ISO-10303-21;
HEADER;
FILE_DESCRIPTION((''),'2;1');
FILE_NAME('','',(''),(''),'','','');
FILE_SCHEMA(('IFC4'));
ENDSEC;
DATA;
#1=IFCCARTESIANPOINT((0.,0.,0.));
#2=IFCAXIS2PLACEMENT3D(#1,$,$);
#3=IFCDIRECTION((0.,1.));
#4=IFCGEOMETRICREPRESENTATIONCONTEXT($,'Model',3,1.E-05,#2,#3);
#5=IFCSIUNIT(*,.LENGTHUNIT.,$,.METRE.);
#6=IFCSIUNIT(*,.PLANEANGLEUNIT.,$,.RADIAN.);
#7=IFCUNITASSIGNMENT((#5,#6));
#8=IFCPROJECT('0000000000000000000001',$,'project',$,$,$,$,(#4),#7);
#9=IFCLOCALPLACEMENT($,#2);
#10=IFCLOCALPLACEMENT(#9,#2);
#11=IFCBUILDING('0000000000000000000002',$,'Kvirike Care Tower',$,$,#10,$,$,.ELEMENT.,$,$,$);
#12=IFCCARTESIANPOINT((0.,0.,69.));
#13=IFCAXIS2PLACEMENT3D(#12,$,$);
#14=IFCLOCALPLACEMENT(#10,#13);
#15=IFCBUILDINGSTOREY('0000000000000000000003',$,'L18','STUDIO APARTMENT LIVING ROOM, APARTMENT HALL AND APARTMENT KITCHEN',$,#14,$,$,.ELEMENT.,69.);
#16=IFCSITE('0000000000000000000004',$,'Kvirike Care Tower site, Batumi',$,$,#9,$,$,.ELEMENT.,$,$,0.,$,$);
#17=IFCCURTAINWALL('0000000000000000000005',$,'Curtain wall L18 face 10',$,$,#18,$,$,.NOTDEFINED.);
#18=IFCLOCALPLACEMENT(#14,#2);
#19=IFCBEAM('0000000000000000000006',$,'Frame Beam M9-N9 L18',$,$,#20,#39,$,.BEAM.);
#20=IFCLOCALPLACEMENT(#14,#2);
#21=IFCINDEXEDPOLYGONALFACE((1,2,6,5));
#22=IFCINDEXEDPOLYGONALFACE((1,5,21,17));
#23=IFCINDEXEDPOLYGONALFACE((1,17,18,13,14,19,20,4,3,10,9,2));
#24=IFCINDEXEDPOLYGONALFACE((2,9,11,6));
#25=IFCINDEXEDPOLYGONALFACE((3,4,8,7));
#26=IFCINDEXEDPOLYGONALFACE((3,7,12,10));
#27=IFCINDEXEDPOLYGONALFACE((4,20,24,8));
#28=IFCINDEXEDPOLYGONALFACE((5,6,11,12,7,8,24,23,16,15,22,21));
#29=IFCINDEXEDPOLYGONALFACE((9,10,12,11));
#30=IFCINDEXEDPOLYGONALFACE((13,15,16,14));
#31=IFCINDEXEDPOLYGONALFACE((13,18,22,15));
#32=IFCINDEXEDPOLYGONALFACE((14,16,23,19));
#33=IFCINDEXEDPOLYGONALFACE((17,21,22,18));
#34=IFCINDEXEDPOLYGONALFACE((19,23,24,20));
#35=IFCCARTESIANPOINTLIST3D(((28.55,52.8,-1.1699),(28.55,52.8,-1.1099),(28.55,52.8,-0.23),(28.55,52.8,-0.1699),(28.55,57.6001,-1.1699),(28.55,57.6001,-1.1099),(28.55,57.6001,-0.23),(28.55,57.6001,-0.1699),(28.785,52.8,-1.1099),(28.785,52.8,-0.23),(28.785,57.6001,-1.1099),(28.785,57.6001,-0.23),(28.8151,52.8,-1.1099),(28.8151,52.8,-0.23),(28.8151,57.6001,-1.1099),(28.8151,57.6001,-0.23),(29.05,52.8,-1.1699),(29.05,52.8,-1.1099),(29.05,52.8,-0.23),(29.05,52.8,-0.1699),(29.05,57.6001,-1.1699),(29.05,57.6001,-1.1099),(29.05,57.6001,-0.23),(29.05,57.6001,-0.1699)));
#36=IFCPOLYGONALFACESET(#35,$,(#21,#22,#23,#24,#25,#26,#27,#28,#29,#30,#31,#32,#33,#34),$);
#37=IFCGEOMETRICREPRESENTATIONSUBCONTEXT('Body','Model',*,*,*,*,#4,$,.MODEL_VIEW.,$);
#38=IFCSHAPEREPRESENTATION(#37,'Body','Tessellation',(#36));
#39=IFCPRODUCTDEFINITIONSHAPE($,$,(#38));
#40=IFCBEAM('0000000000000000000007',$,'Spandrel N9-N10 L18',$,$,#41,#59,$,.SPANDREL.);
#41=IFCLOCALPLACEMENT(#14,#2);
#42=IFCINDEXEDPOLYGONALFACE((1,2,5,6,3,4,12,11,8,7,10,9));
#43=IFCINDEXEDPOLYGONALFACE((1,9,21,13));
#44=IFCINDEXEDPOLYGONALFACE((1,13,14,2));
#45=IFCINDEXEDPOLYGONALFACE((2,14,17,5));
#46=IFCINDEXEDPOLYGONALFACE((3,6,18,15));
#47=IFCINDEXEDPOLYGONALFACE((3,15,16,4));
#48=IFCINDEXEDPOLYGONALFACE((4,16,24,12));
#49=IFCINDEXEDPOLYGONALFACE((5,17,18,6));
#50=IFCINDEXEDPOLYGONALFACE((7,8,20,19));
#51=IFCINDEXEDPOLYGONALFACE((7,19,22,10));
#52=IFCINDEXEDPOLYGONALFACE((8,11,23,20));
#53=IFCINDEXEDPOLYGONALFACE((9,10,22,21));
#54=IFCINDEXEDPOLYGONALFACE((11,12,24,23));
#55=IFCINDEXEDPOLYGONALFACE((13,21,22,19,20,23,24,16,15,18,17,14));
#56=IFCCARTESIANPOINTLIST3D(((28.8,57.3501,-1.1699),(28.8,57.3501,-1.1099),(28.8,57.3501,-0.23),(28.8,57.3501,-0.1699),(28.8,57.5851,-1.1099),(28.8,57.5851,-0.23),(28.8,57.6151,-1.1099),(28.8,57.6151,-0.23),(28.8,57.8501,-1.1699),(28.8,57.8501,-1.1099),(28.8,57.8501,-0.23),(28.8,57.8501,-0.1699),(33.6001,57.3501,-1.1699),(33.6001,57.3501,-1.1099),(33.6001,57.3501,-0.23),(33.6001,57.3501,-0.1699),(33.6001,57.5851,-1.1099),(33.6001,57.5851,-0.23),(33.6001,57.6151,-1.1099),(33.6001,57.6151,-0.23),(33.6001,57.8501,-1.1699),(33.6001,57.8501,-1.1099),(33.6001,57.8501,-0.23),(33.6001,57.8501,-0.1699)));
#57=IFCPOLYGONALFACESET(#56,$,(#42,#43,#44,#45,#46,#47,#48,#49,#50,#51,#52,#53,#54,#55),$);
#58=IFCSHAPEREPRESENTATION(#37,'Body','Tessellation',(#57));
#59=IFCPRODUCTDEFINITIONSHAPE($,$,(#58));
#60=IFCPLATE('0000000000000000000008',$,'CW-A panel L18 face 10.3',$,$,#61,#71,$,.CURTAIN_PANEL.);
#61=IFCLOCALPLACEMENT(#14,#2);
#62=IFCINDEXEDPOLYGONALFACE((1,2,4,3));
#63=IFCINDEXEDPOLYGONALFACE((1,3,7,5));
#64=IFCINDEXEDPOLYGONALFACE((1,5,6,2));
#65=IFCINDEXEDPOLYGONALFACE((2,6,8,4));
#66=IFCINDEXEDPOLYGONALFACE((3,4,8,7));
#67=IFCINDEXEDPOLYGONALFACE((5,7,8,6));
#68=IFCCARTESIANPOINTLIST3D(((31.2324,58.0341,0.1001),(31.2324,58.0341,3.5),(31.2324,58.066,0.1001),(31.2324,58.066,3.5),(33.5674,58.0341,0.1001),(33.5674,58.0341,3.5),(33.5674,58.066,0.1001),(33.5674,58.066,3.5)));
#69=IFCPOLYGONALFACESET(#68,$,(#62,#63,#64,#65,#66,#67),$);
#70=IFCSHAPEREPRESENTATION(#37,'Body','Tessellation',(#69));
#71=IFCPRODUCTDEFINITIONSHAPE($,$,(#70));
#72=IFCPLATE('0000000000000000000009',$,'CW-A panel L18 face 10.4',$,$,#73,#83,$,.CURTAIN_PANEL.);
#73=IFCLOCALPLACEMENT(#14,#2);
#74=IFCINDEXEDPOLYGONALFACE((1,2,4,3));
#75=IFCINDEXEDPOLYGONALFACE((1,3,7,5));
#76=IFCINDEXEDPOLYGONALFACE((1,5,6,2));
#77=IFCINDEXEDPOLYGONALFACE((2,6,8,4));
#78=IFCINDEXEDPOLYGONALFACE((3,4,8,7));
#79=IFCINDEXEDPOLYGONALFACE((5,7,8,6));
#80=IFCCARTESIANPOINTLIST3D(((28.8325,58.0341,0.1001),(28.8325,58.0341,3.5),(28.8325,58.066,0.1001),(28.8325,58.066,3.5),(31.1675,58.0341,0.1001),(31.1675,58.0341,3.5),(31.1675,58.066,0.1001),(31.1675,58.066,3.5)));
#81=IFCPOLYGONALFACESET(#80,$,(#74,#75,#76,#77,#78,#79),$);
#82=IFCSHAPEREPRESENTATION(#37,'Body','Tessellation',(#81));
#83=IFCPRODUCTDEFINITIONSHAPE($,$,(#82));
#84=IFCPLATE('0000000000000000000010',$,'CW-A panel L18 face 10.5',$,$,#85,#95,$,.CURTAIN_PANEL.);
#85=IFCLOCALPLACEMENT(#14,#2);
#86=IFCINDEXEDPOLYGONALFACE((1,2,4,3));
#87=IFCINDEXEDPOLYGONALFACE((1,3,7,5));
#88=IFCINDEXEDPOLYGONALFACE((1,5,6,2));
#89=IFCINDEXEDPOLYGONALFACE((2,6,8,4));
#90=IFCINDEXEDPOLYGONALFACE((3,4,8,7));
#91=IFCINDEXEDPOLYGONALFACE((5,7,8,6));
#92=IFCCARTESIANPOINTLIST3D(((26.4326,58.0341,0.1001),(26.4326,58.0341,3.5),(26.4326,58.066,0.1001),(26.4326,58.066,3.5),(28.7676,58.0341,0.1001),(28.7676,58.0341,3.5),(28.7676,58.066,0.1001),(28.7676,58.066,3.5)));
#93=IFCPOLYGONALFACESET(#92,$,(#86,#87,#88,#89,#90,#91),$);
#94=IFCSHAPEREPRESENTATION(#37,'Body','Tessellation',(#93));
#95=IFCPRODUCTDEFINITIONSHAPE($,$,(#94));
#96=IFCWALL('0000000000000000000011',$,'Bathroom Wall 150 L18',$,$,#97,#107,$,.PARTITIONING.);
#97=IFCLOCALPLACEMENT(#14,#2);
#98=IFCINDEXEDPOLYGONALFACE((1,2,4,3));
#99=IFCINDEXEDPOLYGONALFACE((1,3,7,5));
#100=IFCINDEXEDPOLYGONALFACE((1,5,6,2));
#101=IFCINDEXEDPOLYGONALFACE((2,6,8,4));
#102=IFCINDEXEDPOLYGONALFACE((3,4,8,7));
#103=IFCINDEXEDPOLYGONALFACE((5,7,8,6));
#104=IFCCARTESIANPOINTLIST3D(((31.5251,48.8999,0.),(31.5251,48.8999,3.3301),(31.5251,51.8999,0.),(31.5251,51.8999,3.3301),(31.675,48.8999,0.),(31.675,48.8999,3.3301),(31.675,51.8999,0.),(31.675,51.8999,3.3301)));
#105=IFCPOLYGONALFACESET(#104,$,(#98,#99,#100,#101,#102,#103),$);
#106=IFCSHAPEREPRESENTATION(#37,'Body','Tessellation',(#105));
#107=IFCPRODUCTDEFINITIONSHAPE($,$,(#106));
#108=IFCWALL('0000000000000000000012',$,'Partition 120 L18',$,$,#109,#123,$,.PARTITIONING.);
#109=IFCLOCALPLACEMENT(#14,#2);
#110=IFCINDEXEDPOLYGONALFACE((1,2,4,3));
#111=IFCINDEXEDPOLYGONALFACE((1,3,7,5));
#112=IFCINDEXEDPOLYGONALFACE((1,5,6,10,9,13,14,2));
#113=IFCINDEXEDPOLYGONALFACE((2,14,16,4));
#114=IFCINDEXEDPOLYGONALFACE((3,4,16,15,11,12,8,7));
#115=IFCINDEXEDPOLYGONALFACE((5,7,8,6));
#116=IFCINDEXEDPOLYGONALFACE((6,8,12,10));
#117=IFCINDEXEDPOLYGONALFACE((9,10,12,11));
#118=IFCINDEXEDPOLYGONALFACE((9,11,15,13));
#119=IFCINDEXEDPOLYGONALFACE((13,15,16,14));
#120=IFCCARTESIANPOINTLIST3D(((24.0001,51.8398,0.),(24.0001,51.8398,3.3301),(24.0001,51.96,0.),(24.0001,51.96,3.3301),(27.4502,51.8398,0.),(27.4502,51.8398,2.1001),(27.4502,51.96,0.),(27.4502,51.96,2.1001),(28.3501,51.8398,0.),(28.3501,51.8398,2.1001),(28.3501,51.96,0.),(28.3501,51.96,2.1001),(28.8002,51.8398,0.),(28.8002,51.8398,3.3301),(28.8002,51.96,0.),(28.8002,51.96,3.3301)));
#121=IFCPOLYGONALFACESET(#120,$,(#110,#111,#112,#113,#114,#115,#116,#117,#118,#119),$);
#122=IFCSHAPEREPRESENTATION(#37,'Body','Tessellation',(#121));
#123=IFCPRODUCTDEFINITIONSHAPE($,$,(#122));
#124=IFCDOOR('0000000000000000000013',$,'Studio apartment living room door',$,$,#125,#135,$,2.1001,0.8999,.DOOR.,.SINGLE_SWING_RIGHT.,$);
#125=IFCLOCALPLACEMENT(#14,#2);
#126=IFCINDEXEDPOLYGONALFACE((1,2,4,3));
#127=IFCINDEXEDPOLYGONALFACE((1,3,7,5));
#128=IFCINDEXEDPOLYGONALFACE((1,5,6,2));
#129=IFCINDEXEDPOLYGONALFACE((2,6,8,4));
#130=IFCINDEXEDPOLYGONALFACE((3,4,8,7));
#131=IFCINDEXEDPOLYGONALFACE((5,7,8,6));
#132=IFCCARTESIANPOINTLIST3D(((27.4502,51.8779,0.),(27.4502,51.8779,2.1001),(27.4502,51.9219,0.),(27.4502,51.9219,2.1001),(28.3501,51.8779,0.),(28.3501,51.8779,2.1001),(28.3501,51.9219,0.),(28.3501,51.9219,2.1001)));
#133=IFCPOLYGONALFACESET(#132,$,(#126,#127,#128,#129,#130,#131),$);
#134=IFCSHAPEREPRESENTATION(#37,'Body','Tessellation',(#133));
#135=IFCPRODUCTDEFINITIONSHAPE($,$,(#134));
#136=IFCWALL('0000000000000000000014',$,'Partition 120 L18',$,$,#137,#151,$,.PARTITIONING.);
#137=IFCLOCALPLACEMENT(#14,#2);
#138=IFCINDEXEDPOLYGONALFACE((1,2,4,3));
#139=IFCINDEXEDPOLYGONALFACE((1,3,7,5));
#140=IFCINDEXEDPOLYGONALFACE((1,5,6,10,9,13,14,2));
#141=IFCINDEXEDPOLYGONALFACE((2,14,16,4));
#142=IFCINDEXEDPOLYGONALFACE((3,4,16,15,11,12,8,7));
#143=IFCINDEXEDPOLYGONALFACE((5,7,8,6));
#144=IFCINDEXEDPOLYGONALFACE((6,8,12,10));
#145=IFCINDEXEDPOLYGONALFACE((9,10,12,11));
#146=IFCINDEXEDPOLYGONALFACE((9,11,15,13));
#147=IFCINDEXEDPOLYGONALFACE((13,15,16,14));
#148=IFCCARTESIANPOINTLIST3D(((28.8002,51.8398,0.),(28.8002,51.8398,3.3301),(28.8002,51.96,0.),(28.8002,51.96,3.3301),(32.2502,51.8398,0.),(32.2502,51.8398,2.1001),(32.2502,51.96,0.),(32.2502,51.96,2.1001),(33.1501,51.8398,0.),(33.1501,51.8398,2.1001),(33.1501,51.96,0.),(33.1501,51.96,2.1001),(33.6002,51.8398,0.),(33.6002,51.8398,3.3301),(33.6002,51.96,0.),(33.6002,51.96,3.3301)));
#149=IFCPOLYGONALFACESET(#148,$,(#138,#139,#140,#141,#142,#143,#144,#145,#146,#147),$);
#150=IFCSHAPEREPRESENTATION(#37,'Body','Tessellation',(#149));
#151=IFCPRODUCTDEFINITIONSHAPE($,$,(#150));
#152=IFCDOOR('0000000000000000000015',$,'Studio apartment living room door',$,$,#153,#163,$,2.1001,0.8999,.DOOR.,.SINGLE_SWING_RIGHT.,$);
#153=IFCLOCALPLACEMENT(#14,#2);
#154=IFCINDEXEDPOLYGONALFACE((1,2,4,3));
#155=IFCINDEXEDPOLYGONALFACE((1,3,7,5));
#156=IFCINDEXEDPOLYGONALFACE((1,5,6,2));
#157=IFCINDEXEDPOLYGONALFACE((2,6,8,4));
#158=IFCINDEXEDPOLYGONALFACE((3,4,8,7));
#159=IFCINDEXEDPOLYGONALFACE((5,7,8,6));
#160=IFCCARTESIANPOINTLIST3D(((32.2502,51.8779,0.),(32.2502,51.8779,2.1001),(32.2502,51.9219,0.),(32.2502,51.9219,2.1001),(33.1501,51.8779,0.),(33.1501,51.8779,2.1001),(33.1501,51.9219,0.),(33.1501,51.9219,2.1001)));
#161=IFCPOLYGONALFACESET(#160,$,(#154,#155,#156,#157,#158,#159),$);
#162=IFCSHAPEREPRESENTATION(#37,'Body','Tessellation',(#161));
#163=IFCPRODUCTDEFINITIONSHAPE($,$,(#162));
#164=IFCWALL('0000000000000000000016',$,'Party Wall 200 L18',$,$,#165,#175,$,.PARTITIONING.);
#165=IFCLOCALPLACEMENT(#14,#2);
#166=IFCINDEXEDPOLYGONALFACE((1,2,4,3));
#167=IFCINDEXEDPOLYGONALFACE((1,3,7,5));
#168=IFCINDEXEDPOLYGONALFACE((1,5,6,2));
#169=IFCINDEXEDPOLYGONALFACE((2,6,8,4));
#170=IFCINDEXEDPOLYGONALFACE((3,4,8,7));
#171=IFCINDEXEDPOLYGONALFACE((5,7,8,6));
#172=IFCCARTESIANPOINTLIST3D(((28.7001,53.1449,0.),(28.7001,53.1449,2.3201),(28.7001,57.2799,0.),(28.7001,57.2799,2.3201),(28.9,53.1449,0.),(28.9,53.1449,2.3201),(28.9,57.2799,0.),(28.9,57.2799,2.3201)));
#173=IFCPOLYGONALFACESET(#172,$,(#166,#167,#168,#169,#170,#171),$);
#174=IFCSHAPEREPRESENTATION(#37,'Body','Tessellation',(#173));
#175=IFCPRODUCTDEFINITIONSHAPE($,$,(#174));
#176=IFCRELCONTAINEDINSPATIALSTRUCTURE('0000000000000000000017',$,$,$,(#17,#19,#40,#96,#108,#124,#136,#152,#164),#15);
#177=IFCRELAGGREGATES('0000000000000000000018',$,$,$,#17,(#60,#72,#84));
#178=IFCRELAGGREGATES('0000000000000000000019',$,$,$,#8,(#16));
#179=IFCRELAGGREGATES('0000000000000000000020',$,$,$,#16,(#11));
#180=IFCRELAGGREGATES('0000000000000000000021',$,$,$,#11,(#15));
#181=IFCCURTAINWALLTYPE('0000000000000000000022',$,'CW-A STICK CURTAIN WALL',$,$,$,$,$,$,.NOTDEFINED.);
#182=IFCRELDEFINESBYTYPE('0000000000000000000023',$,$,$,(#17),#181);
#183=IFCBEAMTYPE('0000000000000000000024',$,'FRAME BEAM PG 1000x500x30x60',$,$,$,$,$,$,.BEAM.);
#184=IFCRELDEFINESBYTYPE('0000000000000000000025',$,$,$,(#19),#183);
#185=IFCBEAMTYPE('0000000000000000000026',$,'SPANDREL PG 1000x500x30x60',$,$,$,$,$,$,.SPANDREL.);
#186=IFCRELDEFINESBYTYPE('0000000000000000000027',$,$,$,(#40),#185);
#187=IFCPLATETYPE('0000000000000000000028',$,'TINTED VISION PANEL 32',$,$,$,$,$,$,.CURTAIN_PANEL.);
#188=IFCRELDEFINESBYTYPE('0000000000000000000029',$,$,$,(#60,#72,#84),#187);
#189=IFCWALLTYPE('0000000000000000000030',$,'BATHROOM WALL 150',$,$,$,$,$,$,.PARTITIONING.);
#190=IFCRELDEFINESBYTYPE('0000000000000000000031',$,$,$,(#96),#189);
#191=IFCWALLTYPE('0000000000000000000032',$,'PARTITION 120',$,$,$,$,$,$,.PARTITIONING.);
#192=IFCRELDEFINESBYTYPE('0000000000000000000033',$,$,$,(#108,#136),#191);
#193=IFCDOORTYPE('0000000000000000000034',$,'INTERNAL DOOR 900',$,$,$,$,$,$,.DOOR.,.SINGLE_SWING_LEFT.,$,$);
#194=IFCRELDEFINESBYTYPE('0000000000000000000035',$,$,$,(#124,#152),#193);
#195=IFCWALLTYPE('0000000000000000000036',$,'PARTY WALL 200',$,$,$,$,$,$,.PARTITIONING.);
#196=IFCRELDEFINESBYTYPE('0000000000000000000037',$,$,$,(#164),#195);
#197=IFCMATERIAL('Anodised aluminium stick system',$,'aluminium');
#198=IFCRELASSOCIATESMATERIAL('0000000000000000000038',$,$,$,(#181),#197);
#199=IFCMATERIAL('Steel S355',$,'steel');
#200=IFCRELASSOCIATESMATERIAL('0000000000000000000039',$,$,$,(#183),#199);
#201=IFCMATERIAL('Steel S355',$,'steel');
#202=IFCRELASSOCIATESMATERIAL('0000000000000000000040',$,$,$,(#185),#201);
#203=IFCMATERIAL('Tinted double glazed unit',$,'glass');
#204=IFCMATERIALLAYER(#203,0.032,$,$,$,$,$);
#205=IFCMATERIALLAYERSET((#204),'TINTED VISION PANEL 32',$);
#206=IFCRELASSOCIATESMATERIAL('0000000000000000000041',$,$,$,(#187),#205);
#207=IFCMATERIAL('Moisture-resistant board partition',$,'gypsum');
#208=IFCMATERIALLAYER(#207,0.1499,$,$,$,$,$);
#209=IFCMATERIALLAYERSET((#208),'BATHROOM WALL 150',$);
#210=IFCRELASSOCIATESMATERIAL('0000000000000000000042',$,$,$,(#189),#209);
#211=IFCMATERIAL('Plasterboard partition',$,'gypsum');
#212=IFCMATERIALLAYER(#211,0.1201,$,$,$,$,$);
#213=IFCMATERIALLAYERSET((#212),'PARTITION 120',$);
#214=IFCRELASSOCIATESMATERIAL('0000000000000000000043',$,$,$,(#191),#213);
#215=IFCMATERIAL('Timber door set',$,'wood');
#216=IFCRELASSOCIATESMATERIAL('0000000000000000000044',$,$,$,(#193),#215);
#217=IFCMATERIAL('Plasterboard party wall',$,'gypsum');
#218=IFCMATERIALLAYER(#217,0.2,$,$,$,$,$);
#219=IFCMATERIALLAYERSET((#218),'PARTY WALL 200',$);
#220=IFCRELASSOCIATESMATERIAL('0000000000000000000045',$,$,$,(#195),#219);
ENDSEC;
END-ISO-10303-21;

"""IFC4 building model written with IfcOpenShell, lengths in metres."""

from ifc_helpers import new_model, si_unit, direction, frame, frame_2d, origin, origin_2d, place, context, subcontext, project, spatial, rectangle, i_section, extrude, material, layer, layer_set, material_profile, profile_set, type_object, element, fill, aggregate, save


model = new_model("IFC4")

# Units and contexts
model_context = context("Model", 3, precision=1e-05, world=origin(), true_north=direction((0.0, 1.0)))
body_context = subcontext(model_context, "Body", "Model", "MODEL_VIEW")
ifc_project = project(units=[si_unit("LENGTHUNIT", "METRE"), si_unit("PLANEANGLEUNIT", "RADIAN")], contexts=[model_context])

# Site, building, storey
site_placement = place(None, origin())
site = spatial("IfcSite", under=ifc_project, at=site_placement, Name="Kvirike Care Tower site, Batumi", CompositionType="ELEMENT", RefElevation=0.0)
building_placement = place(site_placement, origin())
building = spatial("IfcBuilding", under=site, at=building_placement, Name="Kvirike Care Tower", CompositionType="ELEMENT")
storey_placement = place(building_placement, frame((0.0, 0.0, 69.0)))
storey = spatial("IfcBuildingStorey", under=building, at=storey_placement, Name="L18", Description="STUDIO APARTMENT LIVING ROOM, APARTMENT HALL AND APARTMENT KITCHEN", CompositionType="ELEMENT", Elevation=69.0)

# Curtain wall
ifc_material_1 = material(Name="Anodised aluminium stick system", Category="aluminium")
curtain_wall_type = type_object("IfcCurtainWallType", Name="CW-A STICK CURTAIN WALL", PredefinedType="NOTDEFINED", material=ifc_material_1)
curtain_wall_placement = place(storey_placement, origin())
curtain_wall = element("IfcCurtainWall", 1, at=curtain_wall_placement, inside=storey, type_object=curtain_wall_type, Name="Curtain wall L18 face 10", PredefinedType="NOTDEFINED")

# Beams
ifc_material_2 = material(Name="Steel S355", Category="steel")
ifc_material_profile_1 = material_profile(ifc_material_2, i_section(OverallWidth=0.5, OverallDepth=1.0, WebThickness=0.03, FlangeThickness=0.0601, at=origin_2d()), Name="PG 1000x500x30x60")
ifc_profile_set_1 = profile_set([ifc_material_profile_1], Name="Steel S355")
beam_type_1 = type_object("IfcBeamType", Name="FRAME BEAM PG 1000x500x30x60", PredefinedType="BEAM", material=ifc_profile_set_1)
beam_1_placement = place(storey_placement, frame((28.8, 52.8, -0.6699), z_axis=(0.0, 1.0, 0.0), x_axis=(-1.0, 0.0, 0.0)))
element("IfcBeam", 2, at=beam_1_placement, inside=storey, type_object=beam_type_1, Name="Frame Beam M9-N9 L18", PredefinedType="BEAM", context=body_context, shape_type="SweptSolid", body=[
    extrude(i_section(OverallWidth=0.5, OverallDepth=1.0, WebThickness=0.03, FlangeThickness=0.0601, at=origin_2d()), origin(), (0.0, 0.0, 1.0), 4.8),
])
ifc_material_3 = material(Name="Steel S355", Category="steel")
ifc_material_profile_2 = material_profile(ifc_material_3, i_section(OverallWidth=0.5, OverallDepth=1.0, WebThickness=0.03, FlangeThickness=0.0601, at=origin_2d()), Name="PG 1000x500x30x60")
ifc_profile_set_2 = profile_set([ifc_material_profile_2], Name="Steel S355")
beam_type_2 = type_object("IfcBeamType", Name="SPANDREL PG 1000x500x30x60", PredefinedType="SPANDREL", material=ifc_profile_set_2)
beam_2_placement = place(storey_placement, frame((28.8, 57.6001, -0.6699), z_axis=(1.0, 0.0, 0.0), x_axis=(0.0, 1.0, 0.0)))
element("IfcBeam", 3, at=beam_2_placement, inside=storey, type_object=beam_type_2, Name="Spandrel N9-N10 L18", PredefinedType="SPANDREL", context=body_context, shape_type="SweptSolid", body=[
    extrude(i_section(OverallWidth=0.5, OverallDepth=1.0, WebThickness=0.03, FlangeThickness=0.0601, at=origin_2d()), origin(), (0.0, 0.0, 1.0), 4.8),
])

# Plates
ifc_material_4 = material(Name="Tinted double glazed unit", Category="glass")
ifc_layer_1 = layer(ifc_material_4, 0.032)
ifc_layer_set_1 = layer_set([ifc_layer_1], Name="TINTED VISION PANEL 32")
plate_type = type_object("IfcPlateType", Name="TINTED VISION PANEL 32", PredefinedType="CURTAIN_PANEL", material=ifc_layer_set_1)
plate_1_placement = place(storey_placement, frame((32.3999, 58.05, 0.1001), z_axis=(0.0, 0.0, 1.0), x_axis=(-1.0, 0.0, 0.0)))
plate_1 = element("IfcPlate", 4, at=plate_1_placement, type_object=plate_type, Name="CW-A panel L18 face 10.3", PredefinedType="CURTAIN_PANEL", context=body_context, shape_type="SweptSolid", body=[
    extrude(rectangle(XDim=2.335, YDim=0.032, at=origin_2d()), origin(), (0.0, 0.0, 1.0), 3.3999),
])
plate_2_placement = place(storey_placement, frame((30.0, 58.05, 0.1001), z_axis=(0.0, 0.0, 1.0), x_axis=(-1.0, 0.0, 0.0)))
plate_2 = element("IfcPlate", 5, at=plate_2_placement, type_object=plate_type, Name="CW-A panel L18 face 10.4", PredefinedType="CURTAIN_PANEL", context=body_context, shape_type="SweptSolid", body=[
    extrude(rectangle(XDim=2.335, YDim=0.032, at=origin_2d()), origin(), (0.0, 0.0, 1.0), 3.3999),
])
plate_3_placement = place(storey_placement, frame((27.6001, 58.05, 0.1001), z_axis=(0.0, 0.0, 1.0), x_axis=(-1.0, 0.0, 0.0)))
plate_3 = element("IfcPlate", 6, at=plate_3_placement, type_object=plate_type, Name="CW-A panel L18 face 10.5", PredefinedType="CURTAIN_PANEL", context=body_context, shape_type="SweptSolid", body=[
    extrude(rectangle(XDim=2.335, YDim=0.032, at=origin_2d()), origin(), (0.0, 0.0, 1.0), 3.3999),
])
aggregate(curtain_wall, [plate_1, plate_2, plate_3])

# Wall
ifc_material_5 = material(Name="Moisture-resistant board partition", Category="gypsum")
ifc_layer_2 = layer(ifc_material_5, 0.1499)
ifc_layer_set_2 = layer_set([ifc_layer_2], Name="BATHROOM WALL 150")
wall_type_1 = type_object("IfcWallType", Name="BATHROOM WALL 150", PredefinedType="PARTITIONING", material=ifc_layer_set_2)
wall_1_placement = place(storey_placement, frame((31.6001, 51.8999, 0.0), z_axis=(0.0, 0.0, 1.0), x_axis=(0.0, -1.0, 0.0)))
element("IfcWall", 7, at=wall_1_placement, inside=storey, type_object=wall_type_1, Name="Bathroom Wall 150 L18", PredefinedType="PARTITIONING", context=body_context, shape_type="SweptSolid", body=[
    extrude(rectangle(XDim=3.0, YDim=0.1499, at=frame_2d((1.5, 0.0))), origin(), (0.0, 0.0, 1.0), 3.3301),
])

# Walls, openings, doors
ifc_material_6 = material(Name="Plasterboard partition", Category="gypsum")
ifc_layer_3 = layer(ifc_material_6, 0.1201)
ifc_layer_set_3 = layer_set([ifc_layer_3], Name="PARTITION 120")
wall_type_2 = type_object("IfcWallType", Name="PARTITION 120", PredefinedType="PARTITIONING", material=ifc_layer_set_3)
wall_2_placement = place(storey_placement, frame((28.8, 51.8999, 0.0), z_axis=(0.0, 0.0, 1.0), x_axis=(-1.0, 0.0, 0.0)))
wall_2 = element("IfcWall", 8, at=wall_2_placement, inside=storey, type_object=wall_type_2, Name="Partition 120 L18", PredefinedType="PARTITIONING", context=body_context, shape_type="SweptSolid", body=[
    extrude(rectangle(XDim=4.8, YDim=0.1201, at=frame_2d((2.3999, 0.0))), origin(), (0.0, 0.0, 1.0), 3.3301),
])
opening_1_placement = place(wall_2_placement, frame((0.45, 0.0, 0.0)))
opening_1 = element("IfcOpeningElement", 9, at=opening_1_placement, cuts=wall_2, PredefinedType="OPENING", context=body_context, shape_type="SweptSolid", body=[
    extrude(rectangle(XDim=0.8999, YDim=2.1001, at=frame_2d((0.45, 1.05))), frame((0.0, 0.0706, 0.0), z_axis=(0.0, -1.0, 0.0), x_axis=(1.0, 0.0, 0.0)), (0.0, 0.0, 1.0), 0.1411),
])
ifc_material_7 = material(Name="Timber door set", Category="wood")
door_type = type_object("IfcDoorType", Name="INTERNAL DOOR 900", OperationType="SINGLE_SWING_LEFT", PredefinedType="DOOR", material=ifc_material_7)
door_1_placement = place(opening_1_placement, origin())
door_1 = element("IfcDoor", 10, at=door_1_placement, inside=storey, type_object=door_type, Name="Studio apartment living room door", OperationType="SINGLE_SWING_RIGHT", OverallHeight=2.1001, OverallWidth=0.8999, PredefinedType="DOOR", context=body_context, shape_type="SweptSolid", body=[
    extrude(rectangle(XDim=0.8999, YDim=2.1001, at=frame_2d((0.45, 1.05))), frame((0.0, 0.022, 0.0), z_axis=(0.0, -1.0, 0.0), x_axis=(1.0, 0.0, 0.0)), (0.0, 0.0, 1.0), 0.0439),
])
fill(opening_1, door_1)
wall_3_placement = place(storey_placement, frame((33.6001, 51.8999, 0.0), z_axis=(0.0, 0.0, 1.0), x_axis=(-1.0, 0.0, 0.0)))
wall_3 = element("IfcWall", 11, at=wall_3_placement, inside=storey, type_object=wall_type_2, Name="Partition 120 L18", PredefinedType="PARTITIONING", context=body_context, shape_type="SweptSolid", body=[
    extrude(rectangle(XDim=4.8, YDim=0.1201, at=frame_2d((2.3999, 0.0))), origin(), (0.0, 0.0, 1.0), 3.3301),
])
opening_2_placement = place(wall_3_placement, frame((0.45, 0.0, 0.0)))
opening_2 = element("IfcOpeningElement", 12, at=opening_2_placement, cuts=wall_3, PredefinedType="OPENING", context=body_context, shape_type="SweptSolid", body=[
    extrude(rectangle(XDim=0.8999, YDim=2.1001, at=frame_2d((0.45, 1.05))), frame((0.0, 0.0706, 0.0), z_axis=(0.0, -1.0, 0.0), x_axis=(1.0, 0.0, 0.0)), (0.0, 0.0, 1.0), 0.1411),
])
door_2_placement = place(opening_2_placement, origin())
door_2 = element("IfcDoor", 13, at=door_2_placement, inside=storey, type_object=door_type, Name="Studio apartment living room door", OperationType="SINGLE_SWING_RIGHT", OverallHeight=2.1001, OverallWidth=0.8999, PredefinedType="DOOR", context=body_context, shape_type="SweptSolid", body=[
    extrude(rectangle(XDim=0.8999, YDim=2.1001, at=frame_2d((0.45, 1.05))), frame((0.0, 0.022, 0.0), z_axis=(0.0, -1.0, 0.0), x_axis=(1.0, 0.0, 0.0)), (0.0, 0.0, 1.0), 0.0439),
])
fill(opening_2, door_2)

# Wall
ifc_material_8 = material(Name="Plasterboard party wall", Category="gypsum")
ifc_layer_4 = layer(ifc_material_8, 0.2)
ifc_layer_set_4 = layer_set([ifc_layer_4], Name="PARTY WALL 200")
wall_type_3 = type_object("IfcWallType", Name="PARTY WALL 200", PredefinedType="PARTITIONING", material=ifc_layer_set_4)
wall_4_placement = place(storey_placement, frame((28.8, 53.145, 0.0), z_axis=(0.0, 0.0, 1.0), x_axis=(0.0, 1.0, 0.0)))
element("IfcWall", 14, at=wall_4_placement, inside=storey, type_object=wall_type_3, Name="Party Wall 200 L18", PredefinedType="PARTITIONING", context=body_context, shape_type="SweptSolid", body=[
    extrude(rectangle(XDim=4.135, YDim=0.2, at=frame_2d((2.0674, 0.0))), origin(), (0.0, 0.0, 1.0), 2.3201),
])

save(model, "model.ifc")
